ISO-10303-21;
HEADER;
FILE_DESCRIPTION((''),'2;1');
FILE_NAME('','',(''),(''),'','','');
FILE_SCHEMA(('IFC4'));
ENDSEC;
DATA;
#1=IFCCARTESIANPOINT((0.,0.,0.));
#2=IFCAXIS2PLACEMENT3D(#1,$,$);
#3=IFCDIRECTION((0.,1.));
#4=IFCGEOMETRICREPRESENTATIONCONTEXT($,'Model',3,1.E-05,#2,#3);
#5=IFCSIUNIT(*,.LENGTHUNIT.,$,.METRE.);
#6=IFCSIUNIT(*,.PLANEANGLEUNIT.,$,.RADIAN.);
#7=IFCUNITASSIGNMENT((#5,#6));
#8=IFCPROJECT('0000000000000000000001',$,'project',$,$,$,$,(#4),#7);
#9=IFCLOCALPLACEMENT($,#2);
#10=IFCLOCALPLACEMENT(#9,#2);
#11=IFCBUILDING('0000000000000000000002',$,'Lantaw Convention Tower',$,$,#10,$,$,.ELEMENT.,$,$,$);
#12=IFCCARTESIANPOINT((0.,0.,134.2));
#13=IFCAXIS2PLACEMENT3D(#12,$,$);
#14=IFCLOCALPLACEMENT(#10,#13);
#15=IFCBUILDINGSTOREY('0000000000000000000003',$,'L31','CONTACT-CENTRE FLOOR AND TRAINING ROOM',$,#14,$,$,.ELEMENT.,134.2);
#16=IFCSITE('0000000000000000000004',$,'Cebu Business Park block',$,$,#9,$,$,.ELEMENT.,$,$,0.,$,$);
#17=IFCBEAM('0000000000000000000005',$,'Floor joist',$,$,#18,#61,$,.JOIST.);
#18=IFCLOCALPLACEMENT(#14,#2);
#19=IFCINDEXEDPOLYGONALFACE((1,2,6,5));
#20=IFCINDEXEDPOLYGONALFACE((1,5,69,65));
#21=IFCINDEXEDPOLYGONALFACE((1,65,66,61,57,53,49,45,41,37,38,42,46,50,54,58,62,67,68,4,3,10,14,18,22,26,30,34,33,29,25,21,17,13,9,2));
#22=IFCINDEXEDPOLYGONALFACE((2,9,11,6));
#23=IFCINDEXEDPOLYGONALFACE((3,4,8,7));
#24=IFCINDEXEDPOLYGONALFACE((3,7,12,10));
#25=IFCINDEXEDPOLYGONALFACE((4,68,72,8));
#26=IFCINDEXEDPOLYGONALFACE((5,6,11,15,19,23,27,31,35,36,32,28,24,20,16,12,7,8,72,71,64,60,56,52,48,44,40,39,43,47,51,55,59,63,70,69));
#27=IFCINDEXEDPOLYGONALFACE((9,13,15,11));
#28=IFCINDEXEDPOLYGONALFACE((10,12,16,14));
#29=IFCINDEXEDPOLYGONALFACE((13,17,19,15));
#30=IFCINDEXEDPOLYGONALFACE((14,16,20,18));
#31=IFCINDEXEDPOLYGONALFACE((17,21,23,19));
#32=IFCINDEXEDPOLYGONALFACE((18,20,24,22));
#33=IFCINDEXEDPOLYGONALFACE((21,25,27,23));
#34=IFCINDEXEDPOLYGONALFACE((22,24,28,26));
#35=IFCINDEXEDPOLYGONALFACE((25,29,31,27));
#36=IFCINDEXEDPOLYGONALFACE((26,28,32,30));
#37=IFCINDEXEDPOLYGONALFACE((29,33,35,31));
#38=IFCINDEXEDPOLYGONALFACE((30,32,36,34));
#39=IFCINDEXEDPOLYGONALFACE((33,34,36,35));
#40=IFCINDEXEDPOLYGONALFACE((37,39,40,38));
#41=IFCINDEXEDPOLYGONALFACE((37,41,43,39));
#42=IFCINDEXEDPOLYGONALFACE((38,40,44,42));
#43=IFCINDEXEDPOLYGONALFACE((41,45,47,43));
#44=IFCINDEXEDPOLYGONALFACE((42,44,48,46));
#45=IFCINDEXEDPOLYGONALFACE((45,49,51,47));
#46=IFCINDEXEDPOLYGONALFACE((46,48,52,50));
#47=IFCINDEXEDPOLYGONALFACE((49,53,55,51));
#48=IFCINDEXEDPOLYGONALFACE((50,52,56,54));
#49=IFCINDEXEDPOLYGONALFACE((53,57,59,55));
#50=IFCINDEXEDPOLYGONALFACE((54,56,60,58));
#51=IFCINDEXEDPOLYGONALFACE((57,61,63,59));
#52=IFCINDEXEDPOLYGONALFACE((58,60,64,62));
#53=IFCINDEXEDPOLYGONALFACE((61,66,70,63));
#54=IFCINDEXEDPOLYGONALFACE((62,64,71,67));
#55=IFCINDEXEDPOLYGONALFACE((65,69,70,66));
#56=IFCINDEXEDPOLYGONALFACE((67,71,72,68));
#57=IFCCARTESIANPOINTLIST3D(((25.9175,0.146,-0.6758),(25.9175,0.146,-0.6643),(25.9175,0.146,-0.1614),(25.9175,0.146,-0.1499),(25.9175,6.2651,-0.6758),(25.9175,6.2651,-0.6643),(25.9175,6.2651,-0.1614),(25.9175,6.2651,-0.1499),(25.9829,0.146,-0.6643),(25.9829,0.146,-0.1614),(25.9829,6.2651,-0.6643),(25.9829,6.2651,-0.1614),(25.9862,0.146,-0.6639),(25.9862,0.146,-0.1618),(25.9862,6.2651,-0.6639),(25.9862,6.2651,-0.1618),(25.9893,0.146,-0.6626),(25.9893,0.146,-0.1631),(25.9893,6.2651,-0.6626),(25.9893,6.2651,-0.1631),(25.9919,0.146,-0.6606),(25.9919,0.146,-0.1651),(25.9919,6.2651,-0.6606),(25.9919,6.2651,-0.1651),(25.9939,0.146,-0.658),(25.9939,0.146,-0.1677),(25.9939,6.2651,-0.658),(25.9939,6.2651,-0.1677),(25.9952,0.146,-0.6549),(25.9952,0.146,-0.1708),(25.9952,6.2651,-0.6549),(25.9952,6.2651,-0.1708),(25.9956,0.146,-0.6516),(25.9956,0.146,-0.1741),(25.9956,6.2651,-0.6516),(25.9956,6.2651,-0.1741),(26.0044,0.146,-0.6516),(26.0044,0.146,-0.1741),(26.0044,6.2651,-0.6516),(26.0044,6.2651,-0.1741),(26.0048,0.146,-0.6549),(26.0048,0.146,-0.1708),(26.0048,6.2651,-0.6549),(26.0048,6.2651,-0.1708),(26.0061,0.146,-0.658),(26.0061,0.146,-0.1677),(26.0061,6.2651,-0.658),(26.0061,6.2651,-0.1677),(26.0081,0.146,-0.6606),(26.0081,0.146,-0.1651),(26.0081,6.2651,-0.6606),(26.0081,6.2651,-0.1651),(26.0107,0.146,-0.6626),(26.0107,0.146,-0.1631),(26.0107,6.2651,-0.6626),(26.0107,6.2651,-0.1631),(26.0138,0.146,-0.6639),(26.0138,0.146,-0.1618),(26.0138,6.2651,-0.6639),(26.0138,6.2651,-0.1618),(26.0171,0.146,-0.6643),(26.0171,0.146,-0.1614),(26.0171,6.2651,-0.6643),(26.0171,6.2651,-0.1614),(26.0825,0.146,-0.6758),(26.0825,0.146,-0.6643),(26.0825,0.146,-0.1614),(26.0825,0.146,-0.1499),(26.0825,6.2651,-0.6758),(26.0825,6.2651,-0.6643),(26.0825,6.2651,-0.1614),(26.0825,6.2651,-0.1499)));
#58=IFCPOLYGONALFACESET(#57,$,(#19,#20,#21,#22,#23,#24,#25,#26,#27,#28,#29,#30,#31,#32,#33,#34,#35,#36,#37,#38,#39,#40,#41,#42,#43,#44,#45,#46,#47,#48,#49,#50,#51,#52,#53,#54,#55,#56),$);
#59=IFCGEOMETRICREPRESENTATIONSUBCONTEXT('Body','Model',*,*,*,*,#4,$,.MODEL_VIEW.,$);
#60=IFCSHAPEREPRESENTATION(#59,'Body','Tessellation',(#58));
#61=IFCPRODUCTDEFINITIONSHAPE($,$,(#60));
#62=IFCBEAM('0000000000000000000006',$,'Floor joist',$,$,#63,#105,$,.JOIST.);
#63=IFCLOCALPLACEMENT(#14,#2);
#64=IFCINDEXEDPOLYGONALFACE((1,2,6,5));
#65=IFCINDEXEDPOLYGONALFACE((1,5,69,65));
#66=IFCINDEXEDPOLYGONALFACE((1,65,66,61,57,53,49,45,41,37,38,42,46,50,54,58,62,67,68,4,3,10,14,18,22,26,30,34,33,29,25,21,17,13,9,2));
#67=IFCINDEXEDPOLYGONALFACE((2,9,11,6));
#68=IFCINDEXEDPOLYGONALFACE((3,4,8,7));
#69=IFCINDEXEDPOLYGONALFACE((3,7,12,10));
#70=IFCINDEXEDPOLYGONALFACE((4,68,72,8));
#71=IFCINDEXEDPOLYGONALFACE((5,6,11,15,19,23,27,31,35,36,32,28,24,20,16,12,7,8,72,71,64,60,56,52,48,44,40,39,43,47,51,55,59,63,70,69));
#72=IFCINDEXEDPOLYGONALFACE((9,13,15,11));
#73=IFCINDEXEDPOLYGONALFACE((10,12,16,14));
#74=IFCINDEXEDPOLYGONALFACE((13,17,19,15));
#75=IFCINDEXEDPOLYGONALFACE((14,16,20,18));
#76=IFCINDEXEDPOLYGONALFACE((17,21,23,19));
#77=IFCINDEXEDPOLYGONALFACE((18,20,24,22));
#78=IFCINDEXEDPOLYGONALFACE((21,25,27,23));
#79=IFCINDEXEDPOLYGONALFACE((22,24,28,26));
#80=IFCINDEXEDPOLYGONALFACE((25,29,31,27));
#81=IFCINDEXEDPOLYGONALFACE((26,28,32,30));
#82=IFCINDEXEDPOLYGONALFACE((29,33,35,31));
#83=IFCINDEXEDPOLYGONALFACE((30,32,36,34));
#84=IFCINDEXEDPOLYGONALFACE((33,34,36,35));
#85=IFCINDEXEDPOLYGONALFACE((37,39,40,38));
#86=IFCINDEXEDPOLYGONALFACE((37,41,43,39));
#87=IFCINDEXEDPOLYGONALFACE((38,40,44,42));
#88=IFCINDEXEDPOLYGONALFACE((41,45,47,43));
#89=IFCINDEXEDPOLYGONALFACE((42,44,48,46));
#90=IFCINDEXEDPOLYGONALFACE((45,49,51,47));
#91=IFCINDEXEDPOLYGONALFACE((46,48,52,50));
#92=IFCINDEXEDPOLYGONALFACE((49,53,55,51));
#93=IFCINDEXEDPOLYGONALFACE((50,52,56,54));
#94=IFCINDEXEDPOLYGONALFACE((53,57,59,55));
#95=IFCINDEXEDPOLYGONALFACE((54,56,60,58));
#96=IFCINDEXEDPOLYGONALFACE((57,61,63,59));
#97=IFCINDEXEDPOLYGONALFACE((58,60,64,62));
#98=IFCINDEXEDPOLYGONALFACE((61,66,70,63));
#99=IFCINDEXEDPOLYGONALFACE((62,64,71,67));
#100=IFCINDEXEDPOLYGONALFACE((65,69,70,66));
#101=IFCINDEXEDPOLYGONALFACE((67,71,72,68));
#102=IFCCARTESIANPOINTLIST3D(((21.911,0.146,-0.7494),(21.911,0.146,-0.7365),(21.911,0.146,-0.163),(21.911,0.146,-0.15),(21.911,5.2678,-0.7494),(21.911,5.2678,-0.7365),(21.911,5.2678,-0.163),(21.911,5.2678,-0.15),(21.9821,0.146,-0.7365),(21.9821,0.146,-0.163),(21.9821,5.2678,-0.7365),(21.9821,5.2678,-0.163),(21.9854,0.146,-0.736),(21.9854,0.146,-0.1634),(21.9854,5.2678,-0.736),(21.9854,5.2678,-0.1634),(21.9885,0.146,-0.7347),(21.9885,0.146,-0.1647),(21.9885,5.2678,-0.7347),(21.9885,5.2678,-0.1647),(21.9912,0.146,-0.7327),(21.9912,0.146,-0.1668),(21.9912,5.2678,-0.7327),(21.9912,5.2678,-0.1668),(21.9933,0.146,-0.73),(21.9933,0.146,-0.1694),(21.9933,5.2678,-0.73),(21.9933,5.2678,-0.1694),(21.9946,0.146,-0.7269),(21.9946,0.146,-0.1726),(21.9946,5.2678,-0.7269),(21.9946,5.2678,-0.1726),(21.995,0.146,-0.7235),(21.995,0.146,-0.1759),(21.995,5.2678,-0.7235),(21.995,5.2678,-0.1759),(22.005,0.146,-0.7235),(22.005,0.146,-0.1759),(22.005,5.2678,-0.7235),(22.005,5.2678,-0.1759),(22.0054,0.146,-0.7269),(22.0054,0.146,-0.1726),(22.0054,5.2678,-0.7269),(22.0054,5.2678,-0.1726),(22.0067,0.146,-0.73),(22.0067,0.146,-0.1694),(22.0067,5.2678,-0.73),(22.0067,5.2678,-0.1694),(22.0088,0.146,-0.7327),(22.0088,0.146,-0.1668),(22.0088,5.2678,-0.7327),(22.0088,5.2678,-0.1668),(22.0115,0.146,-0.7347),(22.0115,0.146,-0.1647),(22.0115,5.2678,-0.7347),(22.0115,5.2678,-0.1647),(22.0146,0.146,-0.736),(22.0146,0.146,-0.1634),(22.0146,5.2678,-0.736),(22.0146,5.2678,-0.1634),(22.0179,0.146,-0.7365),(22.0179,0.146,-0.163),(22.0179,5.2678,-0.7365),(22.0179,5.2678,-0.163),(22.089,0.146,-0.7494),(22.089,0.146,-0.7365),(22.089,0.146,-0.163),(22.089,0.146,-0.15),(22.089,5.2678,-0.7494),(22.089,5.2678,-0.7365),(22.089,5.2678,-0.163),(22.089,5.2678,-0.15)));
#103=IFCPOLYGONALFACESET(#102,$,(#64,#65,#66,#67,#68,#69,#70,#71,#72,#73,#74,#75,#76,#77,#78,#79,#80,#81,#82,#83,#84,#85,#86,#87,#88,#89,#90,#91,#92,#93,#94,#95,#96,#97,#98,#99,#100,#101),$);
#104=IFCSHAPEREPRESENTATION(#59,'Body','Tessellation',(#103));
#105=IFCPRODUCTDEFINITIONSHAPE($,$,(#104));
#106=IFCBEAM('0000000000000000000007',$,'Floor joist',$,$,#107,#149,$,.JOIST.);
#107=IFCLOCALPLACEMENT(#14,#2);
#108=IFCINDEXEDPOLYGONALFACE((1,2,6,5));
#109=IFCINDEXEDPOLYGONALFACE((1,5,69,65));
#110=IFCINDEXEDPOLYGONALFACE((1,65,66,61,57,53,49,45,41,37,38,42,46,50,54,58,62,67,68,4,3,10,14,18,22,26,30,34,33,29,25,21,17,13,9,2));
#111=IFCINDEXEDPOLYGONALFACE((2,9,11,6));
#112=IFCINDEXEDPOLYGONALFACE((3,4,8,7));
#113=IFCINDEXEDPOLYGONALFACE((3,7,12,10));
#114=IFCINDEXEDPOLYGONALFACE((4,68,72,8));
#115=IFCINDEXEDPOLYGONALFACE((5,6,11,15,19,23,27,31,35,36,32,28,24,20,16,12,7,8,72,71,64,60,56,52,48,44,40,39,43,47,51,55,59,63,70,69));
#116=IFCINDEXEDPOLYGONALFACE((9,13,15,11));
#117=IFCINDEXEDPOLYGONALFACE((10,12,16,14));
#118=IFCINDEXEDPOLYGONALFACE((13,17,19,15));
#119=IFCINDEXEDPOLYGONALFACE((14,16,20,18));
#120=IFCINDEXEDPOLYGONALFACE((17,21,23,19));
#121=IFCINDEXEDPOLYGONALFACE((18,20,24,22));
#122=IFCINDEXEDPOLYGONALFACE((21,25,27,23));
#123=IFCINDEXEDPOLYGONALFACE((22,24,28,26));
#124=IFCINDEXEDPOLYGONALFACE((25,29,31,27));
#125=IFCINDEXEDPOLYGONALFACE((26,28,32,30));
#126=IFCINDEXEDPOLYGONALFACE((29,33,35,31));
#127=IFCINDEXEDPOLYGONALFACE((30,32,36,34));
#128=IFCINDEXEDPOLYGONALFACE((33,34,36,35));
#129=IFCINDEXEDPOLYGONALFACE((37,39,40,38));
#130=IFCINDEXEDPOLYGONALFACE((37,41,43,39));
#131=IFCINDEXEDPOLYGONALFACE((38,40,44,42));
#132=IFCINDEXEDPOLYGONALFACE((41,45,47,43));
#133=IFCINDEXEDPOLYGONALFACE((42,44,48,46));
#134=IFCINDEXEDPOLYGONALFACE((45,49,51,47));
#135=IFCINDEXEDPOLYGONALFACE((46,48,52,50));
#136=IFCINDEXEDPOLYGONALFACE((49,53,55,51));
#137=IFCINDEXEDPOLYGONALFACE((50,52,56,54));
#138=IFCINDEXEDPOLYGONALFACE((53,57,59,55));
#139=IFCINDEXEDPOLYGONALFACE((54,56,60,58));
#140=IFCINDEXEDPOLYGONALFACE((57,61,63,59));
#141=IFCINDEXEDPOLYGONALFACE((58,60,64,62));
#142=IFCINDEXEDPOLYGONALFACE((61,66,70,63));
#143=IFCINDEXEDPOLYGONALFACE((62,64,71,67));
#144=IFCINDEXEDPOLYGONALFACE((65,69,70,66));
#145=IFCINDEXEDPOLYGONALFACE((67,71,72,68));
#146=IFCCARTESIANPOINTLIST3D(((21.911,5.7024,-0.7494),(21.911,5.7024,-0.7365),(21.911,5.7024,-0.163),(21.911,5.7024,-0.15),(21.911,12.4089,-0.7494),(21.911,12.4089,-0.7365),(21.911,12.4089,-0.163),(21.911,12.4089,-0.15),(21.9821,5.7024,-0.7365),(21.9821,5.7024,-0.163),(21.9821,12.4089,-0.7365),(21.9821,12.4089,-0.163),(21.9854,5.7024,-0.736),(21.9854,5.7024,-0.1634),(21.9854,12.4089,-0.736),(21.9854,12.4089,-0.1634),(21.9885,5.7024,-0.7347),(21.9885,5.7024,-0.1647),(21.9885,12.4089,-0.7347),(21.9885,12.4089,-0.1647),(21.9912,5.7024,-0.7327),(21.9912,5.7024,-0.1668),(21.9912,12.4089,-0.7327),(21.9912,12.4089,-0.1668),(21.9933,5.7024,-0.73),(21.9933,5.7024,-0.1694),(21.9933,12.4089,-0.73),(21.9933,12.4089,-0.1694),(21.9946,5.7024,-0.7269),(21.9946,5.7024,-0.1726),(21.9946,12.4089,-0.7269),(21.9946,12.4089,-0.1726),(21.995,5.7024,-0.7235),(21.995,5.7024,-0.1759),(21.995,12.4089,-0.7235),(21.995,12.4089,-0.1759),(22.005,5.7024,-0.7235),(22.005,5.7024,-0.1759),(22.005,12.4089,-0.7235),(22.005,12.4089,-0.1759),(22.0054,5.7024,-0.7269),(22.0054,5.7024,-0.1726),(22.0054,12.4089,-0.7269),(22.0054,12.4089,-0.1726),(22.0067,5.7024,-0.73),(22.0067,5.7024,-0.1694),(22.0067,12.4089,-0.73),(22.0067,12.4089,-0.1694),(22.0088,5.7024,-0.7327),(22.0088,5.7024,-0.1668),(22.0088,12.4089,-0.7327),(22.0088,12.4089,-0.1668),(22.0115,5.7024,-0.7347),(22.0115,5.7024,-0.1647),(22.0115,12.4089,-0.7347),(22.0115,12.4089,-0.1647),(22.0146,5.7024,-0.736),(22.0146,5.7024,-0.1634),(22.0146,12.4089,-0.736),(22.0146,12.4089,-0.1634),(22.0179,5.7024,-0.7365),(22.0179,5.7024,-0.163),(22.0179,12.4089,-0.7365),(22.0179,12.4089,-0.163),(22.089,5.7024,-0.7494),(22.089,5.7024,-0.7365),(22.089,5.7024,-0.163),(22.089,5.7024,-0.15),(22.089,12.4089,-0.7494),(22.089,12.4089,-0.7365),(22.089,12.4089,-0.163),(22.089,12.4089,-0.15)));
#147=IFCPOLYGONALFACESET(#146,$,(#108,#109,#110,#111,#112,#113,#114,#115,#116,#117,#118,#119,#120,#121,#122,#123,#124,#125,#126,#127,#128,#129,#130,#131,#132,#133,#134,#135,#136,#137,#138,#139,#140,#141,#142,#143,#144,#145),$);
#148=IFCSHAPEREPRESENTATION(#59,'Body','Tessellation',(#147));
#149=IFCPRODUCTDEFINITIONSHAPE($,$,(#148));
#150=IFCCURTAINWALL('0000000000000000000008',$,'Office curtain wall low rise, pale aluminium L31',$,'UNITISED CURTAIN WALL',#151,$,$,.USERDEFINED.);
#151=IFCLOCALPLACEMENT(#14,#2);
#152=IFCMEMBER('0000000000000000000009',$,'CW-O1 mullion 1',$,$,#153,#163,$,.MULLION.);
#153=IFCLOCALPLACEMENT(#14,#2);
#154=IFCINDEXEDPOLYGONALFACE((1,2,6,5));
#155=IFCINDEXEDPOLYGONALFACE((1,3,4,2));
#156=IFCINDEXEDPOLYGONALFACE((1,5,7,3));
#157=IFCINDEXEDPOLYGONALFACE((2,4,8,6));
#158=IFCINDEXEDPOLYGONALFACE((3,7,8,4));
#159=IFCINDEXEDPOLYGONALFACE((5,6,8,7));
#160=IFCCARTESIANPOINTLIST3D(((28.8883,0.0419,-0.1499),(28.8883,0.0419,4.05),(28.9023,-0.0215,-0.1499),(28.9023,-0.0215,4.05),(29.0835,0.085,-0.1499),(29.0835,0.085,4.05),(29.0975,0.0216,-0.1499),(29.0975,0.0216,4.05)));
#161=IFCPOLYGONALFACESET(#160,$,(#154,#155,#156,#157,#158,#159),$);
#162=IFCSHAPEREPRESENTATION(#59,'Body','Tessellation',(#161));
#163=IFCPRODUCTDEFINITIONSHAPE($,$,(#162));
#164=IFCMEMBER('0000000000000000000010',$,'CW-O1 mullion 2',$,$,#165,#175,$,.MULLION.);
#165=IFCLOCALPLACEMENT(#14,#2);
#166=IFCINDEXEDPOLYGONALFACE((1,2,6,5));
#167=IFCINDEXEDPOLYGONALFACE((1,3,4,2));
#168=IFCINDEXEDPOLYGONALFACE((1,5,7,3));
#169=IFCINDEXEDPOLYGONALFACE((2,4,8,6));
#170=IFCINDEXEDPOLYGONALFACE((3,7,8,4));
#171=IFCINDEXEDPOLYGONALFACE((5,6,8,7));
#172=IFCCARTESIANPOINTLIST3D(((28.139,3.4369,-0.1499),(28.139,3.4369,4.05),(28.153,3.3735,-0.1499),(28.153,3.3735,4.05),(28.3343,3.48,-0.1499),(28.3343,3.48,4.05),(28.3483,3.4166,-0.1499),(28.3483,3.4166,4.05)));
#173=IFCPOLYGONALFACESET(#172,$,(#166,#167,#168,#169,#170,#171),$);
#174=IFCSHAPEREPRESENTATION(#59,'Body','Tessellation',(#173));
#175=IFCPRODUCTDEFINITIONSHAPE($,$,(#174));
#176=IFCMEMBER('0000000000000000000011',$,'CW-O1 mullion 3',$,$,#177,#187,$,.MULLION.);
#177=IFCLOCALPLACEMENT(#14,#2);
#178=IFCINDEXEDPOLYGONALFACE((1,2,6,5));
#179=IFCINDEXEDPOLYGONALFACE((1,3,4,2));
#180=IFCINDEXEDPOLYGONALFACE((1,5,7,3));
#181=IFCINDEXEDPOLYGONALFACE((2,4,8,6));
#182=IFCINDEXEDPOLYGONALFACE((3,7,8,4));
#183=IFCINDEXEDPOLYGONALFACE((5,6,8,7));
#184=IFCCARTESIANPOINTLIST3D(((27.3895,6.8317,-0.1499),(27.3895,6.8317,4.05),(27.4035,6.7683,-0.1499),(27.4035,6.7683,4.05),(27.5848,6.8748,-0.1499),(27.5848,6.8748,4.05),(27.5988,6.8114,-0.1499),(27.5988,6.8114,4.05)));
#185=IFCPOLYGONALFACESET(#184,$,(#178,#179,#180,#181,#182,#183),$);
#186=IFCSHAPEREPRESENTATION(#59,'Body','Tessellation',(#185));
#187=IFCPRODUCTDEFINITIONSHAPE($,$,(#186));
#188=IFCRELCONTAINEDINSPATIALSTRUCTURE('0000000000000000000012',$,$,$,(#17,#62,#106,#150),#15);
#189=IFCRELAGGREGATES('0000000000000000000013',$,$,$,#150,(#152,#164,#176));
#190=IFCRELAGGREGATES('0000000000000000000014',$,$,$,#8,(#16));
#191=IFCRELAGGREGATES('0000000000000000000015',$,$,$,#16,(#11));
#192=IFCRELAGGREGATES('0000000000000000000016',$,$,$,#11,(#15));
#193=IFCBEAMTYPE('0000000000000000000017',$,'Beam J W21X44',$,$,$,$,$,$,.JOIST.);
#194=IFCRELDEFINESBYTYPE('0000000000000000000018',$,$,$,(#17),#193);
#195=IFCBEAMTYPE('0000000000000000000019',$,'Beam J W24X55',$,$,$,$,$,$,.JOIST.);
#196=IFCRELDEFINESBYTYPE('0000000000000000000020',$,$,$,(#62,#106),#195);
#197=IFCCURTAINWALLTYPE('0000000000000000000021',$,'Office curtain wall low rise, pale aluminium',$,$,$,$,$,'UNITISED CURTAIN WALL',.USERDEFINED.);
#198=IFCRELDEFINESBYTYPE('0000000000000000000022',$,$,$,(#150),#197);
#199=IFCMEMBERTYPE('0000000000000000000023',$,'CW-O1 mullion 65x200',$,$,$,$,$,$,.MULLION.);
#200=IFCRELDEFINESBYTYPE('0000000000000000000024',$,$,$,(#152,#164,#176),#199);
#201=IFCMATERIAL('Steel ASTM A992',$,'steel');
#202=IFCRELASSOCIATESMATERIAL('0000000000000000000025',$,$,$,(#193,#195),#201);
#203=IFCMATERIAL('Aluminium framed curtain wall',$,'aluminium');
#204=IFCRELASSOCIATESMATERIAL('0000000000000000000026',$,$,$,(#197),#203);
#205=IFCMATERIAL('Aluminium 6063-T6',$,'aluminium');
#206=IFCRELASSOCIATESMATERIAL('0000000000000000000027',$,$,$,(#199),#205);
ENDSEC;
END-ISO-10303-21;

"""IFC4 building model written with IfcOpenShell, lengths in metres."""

from ifc_helpers import new_model, si_unit, direction, frame, origin, origin_2d, place, context, subcontext, project, spatial, rectangle, i_section, extrude, material, material_profile, profile_set, type_object, element, aggregate, save


model = new_model("IFC4")

# Units and contexts
model_context = context("Model", 3, precision=1e-05, world=origin(), true_north=direction((0.0, 1.0)))
body_context = subcontext(model_context, "Body", "Model", "MODEL_VIEW")
ifc_project = project(units=[si_unit("LENGTHUNIT", "METRE"), si_unit("PLANEANGLEUNIT", "RADIAN")], contexts=[model_context])

# Site, building, storey
site_placement = place(None, origin())
site = spatial("IfcSite", under=ifc_project, at=site_placement, Name="Cebu Business Park block", CompositionType="ELEMENT", RefElevation=0.0)
building_placement = place(site_placement, origin())
building = spatial("IfcBuilding", under=site, at=building_placement, Name="Lantaw Convention Tower", CompositionType="ELEMENT")
storey_placement = place(building_placement, frame((0.0, 0.0, 134.2)))
storey = spatial("IfcBuildingStorey", under=building, at=storey_placement, Name="L31", Description="CONTACT-CENTRE FLOOR AND TRAINING ROOM", CompositionType="ELEMENT", Elevation=134.2)

# Beams
ifc_material_1 = material(Name="Steel ASTM A992", Category="steel")
ifc_material_profile_1 = material_profile(ifc_material_1, i_section(OverallWidth=0.165, OverallDepth=0.5259, WebThickness=0.0088, FlangeThickness=0.0115, FilletRadius=0.0127, at=origin_2d()), Name="W21X44")
ifc_profile_set_1 = profile_set([ifc_material_profile_1], Name="Steel ASTM A992")
beam_type_1 = type_object("IfcBeamType", Name="Beam J W21X44", PredefinedType="JOIST", material=ifc_profile_set_1)
beam_1_placement = place(storey_placement, frame((26.0, 0.146, -0.4128), z_axis=(0.0, 1.0, 0.0), x_axis=(-1.0, 0.0, 0.0)))
element("IfcBeam", 1, at=beam_1_placement, inside=storey, type_object=beam_type_1, Name="Floor joist", PredefinedType="JOIST", context=body_context, shape_type="SweptSolid", body=[
    extrude(i_section(OverallWidth=0.165, OverallDepth=0.5259, WebThickness=0.0088, FlangeThickness=0.0115, FilletRadius=0.0127, at=origin_2d()), origin(), (0.0, 0.0, 1.0), 6.1191),
])
ifc_material_profile_2 = material_profile(ifc_material_1, i_section(OverallWidth=0.178, OverallDepth=0.5994, WebThickness=0.01, FlangeThickness=0.0129, FilletRadius=0.0129, at=origin_2d()), Name="W24X55")
ifc_profile_set_2 = profile_set([ifc_material_profile_2], Name="Steel ASTM A992")
beam_type_2 = type_object("IfcBeamType", Name="Beam J W24X55", PredefinedType="JOIST", material=ifc_profile_set_2)
beam_2_placement = place(storey_placement, frame((22.0, 0.146, -0.4497), z_axis=(0.0, 1.0, 0.0), x_axis=(-1.0, 0.0, 0.0)))
element("IfcBeam", 2, at=beam_2_placement, inside=storey, type_object=beam_type_2, Name="Floor joist", PredefinedType="JOIST", context=body_context, shape_type="SweptSolid", body=[
    extrude(i_section(OverallWidth=0.178, OverallDepth=0.5994, WebThickness=0.01, FlangeThickness=0.0129, FilletRadius=0.0129, at=origin_2d()), origin(), (0.0, 0.0, 1.0), 5.1218),
])
beam_3_placement = place(storey_placement, frame((22.0, 5.7024, -0.4497), z_axis=(0.0, 1.0, 0.0), x_axis=(-1.0, 0.0, 0.0)))
element("IfcBeam", 3, at=beam_3_placement, inside=storey, type_object=beam_type_2, Name="Floor joist", PredefinedType="JOIST", context=body_context, shape_type="SweptSolid", body=[
    extrude(i_section(OverallWidth=0.178, OverallDepth=0.5994, WebThickness=0.01, FlangeThickness=0.0129, FilletRadius=0.0129, at=origin_2d()), origin(), (0.0, 0.0, 1.0), 6.7065),
])

# Curtain wall, members
ifc_material_2 = material(Name="Aluminium framed curtain wall", Category="aluminium")
curtain_wall_type = type_object("IfcCurtainWallType", Name="Office curtain wall low rise, pale aluminium", ElementType="UNITISED CURTAIN WALL", PredefinedType="USERDEFINED", material=ifc_material_2)
curtain_wall_1_placement = place(storey_placement, origin())
curtain_wall_1 = element("IfcCurtainWall", 4, at=curtain_wall_1_placement, inside=storey, type_object=curtain_wall_type, Name="Office curtain wall low rise, pale aluminium L31", ObjectType="UNITISED CURTAIN WALL", PredefinedType="USERDEFINED")
ifc_material_3 = material(Name="Aluminium 6063-T6", Category="aluminium")
ifc_material_profile_3 = material_profile(ifc_material_3, rectangle(XDim=0.2, YDim=0.0649, at=origin_2d()), Name="CW-O1 mullion 65x200")
ifc_profile_set_3 = profile_set([ifc_material_profile_3], Name="Aluminium 6063-T6")
member_type_1 = type_object("IfcMemberType", Name="CW-O1 mullion 65x200", PredefinedType="MULLION", material=ifc_profile_set_3)
member_1_placement = place(storey_placement, frame((28.9929, 0.0317, -0.1499), z_axis=(0.0, 0.0, 1.0), x_axis=(-0.976494, -0.215546, 0.0)))
member_1 = element("IfcMember", 5, at=member_1_placement, type_object=member_type_1, Name="CW-O1 mullion 1", PredefinedType="MULLION", context=body_context, shape_type="SweptSolid", body=[
    extrude(rectangle(XDim=0.2, YDim=0.0649, at=origin_2d()), origin(), (0.0, 0.0, 1.0), 4.2),
])
member_2_placement = place(storey_placement, frame((28.2437, 3.4268, -0.1499), z_axis=(0.0, 0.0, 1.0), x_axis=(-0.976494, -0.215546, 0.0)))
member_2 = element("IfcMember", 6, at=member_2_placement, type_object=member_type_1, Name="CW-O1 mullion 2", PredefinedType="MULLION", context=body_context, shape_type="SweptSolid", body=[
    extrude(rectangle(XDim=0.2, YDim=0.0649, at=origin_2d()), origin(), (0.0, 0.0, 1.0), 4.2),
])
member_3_placement = place(storey_placement, frame((27.4941, 6.8215, -0.1499), z_axis=(0.0, 0.0, 1.0), x_axis=(-0.976494, -0.215546, 0.0)))
member_3 = element("IfcMember", 7, at=member_3_placement, type_object=member_type_1, Name="CW-O1 mullion 3", PredefinedType="MULLION", context=body_context, shape_type="SweptSolid", body=[
    extrude(rectangle(XDim=0.2, YDim=0.0649, at=origin_2d()), origin(), (0.0, 0.0, 1.0), 4.2),
])

aggregate(curtain_wall_1, [member_1, member_2, member_3])

save(model, "model.ifc")
